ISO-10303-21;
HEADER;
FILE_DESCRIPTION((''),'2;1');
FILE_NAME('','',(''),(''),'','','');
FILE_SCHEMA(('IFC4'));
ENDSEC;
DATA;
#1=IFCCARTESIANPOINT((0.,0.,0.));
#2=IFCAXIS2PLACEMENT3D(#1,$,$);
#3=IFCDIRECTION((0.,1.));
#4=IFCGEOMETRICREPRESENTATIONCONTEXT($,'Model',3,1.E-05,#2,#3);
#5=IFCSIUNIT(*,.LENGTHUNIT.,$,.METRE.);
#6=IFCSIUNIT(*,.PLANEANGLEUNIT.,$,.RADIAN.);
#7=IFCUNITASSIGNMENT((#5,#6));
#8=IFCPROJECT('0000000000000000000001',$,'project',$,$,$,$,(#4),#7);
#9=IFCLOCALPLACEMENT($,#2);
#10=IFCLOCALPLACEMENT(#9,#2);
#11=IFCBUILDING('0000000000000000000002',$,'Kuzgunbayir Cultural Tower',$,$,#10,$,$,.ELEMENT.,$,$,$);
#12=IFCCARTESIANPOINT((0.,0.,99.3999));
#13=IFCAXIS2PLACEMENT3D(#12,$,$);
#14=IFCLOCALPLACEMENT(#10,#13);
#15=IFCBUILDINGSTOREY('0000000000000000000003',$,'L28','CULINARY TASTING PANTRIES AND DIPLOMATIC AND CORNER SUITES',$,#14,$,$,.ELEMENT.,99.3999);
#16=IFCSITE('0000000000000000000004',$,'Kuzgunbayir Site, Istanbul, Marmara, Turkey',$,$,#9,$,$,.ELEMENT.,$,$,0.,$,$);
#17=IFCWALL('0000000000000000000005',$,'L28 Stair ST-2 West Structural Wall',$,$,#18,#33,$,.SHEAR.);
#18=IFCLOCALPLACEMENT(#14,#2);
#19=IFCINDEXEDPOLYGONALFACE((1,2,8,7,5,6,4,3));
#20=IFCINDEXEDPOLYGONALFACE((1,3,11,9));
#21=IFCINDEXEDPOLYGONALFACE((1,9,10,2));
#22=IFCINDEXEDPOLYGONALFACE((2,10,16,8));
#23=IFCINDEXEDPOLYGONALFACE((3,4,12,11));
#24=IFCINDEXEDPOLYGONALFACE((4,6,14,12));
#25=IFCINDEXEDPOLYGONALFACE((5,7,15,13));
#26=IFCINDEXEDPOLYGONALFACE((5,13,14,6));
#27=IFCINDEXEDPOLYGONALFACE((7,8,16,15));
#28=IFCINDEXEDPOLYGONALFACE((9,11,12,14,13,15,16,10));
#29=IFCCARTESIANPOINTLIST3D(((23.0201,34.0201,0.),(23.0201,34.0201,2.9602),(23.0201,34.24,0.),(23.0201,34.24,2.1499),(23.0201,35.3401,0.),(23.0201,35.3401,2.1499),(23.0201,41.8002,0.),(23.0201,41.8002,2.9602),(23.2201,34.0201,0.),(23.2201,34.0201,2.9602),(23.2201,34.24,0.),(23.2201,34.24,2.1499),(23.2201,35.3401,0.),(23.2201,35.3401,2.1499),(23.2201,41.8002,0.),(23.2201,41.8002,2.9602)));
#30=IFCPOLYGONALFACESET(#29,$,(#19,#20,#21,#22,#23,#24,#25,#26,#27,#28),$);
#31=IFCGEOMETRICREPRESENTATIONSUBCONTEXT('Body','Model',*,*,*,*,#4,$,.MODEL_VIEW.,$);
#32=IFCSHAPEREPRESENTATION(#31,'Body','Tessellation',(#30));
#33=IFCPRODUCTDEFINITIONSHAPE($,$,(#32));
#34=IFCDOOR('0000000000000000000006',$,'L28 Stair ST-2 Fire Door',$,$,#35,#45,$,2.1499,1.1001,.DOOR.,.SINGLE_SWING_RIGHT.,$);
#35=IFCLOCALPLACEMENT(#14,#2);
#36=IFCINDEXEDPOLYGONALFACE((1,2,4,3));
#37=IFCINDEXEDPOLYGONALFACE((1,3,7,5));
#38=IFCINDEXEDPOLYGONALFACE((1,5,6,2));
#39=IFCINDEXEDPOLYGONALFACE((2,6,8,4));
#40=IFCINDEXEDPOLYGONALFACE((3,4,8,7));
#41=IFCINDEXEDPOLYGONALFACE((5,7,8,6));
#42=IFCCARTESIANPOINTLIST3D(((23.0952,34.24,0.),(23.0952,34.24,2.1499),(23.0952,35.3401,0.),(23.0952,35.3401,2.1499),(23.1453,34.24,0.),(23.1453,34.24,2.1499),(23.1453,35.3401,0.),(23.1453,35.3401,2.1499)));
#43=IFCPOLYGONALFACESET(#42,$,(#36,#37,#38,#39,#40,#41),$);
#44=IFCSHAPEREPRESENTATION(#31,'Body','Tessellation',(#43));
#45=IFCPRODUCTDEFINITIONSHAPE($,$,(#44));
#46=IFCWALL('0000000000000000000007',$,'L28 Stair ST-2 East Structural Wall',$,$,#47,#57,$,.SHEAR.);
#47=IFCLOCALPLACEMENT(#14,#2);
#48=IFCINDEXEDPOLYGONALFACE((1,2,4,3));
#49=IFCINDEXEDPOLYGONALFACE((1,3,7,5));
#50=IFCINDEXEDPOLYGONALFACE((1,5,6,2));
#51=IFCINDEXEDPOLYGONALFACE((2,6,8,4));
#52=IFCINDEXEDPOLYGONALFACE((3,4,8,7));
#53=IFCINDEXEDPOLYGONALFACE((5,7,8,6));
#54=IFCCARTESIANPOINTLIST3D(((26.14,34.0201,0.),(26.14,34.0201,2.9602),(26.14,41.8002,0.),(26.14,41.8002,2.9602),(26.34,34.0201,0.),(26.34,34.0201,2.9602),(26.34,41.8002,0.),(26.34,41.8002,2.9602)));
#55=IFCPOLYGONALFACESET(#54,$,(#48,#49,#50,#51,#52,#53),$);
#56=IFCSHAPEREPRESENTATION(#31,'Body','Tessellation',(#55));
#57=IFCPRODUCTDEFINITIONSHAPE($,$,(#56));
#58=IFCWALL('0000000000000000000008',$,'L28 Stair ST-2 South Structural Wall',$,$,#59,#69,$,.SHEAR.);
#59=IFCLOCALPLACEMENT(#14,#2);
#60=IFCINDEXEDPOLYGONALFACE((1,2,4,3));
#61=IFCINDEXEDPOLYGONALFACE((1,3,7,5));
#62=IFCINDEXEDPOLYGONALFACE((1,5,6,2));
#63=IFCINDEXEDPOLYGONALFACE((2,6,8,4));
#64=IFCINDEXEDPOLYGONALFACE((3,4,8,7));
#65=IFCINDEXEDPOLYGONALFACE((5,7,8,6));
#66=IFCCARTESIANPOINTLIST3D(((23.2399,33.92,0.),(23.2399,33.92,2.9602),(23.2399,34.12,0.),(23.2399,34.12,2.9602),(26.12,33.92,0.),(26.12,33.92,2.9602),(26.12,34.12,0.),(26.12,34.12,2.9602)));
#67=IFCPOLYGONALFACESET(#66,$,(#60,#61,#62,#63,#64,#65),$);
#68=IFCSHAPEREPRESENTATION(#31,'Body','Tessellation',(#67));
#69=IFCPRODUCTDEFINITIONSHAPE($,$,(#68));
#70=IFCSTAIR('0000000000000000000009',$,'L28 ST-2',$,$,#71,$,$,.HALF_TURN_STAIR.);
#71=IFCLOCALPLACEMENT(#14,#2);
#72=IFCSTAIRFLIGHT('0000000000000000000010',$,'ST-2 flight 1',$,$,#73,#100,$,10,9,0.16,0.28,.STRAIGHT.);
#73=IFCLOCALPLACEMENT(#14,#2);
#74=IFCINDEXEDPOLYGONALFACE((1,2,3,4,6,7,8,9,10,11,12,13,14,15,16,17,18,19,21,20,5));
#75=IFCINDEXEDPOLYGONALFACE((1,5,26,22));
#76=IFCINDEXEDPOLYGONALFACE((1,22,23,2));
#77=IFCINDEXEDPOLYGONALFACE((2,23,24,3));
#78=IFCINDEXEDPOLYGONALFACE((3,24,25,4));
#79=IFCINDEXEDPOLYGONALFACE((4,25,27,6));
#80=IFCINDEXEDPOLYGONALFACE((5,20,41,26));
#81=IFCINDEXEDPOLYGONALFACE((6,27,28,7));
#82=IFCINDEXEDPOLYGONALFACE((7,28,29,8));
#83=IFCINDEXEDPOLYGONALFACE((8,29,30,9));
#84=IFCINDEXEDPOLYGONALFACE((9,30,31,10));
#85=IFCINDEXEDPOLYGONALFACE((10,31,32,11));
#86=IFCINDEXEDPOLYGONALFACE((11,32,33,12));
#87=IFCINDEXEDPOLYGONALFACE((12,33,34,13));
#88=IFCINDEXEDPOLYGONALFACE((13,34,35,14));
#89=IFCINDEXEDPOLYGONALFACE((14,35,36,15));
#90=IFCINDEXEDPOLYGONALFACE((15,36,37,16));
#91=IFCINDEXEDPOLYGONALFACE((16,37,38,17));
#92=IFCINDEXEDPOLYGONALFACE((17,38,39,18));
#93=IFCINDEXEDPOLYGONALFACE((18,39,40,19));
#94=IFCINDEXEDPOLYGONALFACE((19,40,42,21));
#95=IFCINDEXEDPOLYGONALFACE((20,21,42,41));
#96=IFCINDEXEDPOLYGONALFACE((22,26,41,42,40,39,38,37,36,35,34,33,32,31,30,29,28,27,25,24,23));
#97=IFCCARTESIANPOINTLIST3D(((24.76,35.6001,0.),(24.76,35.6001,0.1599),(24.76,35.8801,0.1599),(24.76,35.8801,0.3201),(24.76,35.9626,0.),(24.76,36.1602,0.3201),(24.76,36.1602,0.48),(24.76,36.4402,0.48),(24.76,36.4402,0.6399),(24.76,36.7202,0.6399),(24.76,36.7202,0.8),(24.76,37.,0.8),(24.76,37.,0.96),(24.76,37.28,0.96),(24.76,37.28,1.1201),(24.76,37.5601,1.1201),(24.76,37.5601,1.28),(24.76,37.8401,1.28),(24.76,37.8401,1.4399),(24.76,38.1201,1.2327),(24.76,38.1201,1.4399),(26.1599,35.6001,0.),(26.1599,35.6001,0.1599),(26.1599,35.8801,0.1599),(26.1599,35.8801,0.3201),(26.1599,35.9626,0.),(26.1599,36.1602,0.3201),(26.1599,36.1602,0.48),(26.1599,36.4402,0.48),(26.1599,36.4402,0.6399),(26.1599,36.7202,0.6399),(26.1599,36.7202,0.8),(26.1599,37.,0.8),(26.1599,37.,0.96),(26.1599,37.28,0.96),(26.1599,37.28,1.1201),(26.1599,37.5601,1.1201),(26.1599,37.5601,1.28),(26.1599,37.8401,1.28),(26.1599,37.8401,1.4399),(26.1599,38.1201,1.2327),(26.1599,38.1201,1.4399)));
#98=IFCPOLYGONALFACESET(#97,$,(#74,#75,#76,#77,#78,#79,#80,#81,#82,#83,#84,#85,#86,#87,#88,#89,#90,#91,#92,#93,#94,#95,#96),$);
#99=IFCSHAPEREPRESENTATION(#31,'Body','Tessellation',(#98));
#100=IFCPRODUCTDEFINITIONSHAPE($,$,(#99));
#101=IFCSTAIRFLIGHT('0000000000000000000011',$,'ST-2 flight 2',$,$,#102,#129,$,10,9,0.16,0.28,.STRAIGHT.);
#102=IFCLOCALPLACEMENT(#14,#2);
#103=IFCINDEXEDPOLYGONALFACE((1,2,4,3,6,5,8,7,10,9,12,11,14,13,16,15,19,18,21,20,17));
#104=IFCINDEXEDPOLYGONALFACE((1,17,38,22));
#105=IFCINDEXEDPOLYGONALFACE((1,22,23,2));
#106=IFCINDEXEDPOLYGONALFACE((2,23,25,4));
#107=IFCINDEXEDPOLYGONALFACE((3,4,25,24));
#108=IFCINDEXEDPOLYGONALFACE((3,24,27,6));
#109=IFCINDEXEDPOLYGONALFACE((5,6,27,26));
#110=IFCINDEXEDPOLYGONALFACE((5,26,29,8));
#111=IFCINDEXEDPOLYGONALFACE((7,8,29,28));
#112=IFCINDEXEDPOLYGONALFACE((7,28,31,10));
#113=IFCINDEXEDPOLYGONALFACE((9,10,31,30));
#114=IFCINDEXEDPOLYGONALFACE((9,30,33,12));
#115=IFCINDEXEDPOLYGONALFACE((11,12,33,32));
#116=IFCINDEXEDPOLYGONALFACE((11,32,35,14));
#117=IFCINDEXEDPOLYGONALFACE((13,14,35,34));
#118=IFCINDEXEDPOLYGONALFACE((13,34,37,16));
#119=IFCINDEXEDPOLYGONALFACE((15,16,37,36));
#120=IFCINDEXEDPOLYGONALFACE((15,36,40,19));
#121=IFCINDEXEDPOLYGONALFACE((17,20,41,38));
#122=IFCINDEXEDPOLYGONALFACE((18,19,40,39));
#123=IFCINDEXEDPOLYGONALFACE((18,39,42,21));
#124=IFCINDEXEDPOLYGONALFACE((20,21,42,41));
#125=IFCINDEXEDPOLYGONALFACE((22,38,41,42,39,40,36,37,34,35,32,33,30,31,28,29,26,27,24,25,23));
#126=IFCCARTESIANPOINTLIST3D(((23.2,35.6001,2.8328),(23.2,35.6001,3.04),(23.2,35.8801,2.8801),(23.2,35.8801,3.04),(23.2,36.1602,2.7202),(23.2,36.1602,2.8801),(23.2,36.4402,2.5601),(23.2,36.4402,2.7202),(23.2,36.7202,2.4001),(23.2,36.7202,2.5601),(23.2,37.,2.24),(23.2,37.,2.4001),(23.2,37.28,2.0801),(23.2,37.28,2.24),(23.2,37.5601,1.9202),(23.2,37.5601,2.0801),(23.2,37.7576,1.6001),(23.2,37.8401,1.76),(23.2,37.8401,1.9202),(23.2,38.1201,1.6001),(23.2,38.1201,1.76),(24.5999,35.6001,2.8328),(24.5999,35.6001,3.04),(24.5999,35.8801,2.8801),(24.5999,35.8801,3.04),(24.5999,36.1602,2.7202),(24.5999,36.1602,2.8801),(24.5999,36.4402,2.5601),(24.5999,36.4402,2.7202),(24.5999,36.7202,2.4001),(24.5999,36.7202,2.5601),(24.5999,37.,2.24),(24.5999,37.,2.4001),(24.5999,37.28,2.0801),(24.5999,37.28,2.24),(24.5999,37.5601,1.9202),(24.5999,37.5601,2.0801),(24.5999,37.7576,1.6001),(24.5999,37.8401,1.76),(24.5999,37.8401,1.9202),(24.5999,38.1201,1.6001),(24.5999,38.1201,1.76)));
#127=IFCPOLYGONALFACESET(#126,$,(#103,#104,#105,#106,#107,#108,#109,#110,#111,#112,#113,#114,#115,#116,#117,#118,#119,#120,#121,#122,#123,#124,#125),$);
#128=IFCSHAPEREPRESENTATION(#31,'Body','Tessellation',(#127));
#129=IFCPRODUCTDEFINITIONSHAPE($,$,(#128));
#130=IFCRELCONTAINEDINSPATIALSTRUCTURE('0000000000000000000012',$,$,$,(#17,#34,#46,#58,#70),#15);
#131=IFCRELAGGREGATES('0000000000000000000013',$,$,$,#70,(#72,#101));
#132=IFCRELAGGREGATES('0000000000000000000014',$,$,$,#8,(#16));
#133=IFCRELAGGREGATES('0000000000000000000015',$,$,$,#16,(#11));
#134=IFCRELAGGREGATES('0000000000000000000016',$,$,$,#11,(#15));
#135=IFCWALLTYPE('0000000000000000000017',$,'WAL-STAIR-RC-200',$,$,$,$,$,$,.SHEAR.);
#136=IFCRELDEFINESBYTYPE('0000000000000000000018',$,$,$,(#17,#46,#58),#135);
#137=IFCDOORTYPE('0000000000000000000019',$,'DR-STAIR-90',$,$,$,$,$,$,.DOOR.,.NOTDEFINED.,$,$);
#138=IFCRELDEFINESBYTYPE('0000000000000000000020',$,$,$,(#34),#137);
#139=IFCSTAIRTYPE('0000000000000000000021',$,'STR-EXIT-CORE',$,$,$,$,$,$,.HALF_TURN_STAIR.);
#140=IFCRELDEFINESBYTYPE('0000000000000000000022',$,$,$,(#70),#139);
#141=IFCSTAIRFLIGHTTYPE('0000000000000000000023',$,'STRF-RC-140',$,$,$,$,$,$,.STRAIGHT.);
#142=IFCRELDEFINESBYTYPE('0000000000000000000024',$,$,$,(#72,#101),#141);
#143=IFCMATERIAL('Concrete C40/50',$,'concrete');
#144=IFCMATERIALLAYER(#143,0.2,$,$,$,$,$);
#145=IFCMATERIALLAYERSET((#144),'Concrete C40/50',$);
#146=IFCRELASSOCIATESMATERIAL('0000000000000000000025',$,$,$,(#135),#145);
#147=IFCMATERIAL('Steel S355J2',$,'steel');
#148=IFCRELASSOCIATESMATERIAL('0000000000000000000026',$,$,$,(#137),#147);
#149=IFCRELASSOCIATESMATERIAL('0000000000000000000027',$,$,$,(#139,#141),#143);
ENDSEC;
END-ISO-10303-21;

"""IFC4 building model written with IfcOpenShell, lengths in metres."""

from ifc_helpers import new_model, si_unit, direction, frame, frame_2d, origin, place, context, subcontext, project, spatial, polyline, rectangle, outline, extrude, material, layer, layer_set, type_object, element, fill, aggregate, save


model = new_model("IFC4")

# Units and contexts
model_context = context("Model", 3, precision=1e-05, world=origin(), true_north=direction((0.0, 1.0)))
body_context = subcontext(model_context, "Body", "Model", "MODEL_VIEW")
ifc_project = project(units=[si_unit("LENGTHUNIT", "METRE"), si_unit("PLANEANGLEUNIT", "RADIAN")], contexts=[model_context])

# Site, building, storey
site_placement = place(None, origin())
site = spatial("IfcSite", under=ifc_project, at=site_placement, Name="Kuzgunbayir Site, Istanbul, Marmara, Turkey", CompositionType="ELEMENT", RefElevation=0.0)
building_placement = place(site_placement, origin())
building = spatial("IfcBuilding", under=site, at=building_placement, Name="Kuzgunbayir Cultural Tower", CompositionType="ELEMENT")
storey_placement = place(building_placement, frame((0.0, 0.0, 99.3999)))
storey = spatial("IfcBuildingStorey", under=building, at=storey_placement, Name="L28", Description="CULINARY TASTING PANTRIES AND DIPLOMATIC AND CORNER SUITES", CompositionType="ELEMENT", Elevation=99.3999)

# Shared definitions
ifc_material_1 = material(Name="Steel S355J2", Category="steel")

# Shared definitions
ifc_material_2 = material(Name="Concrete C40/50", Category="concrete")

# Wall, opening, door
ifc_layer_1 = layer(ifc_material_2, 0.2)
ifc_layer_set_1 = layer_set([ifc_layer_1], Name="Concrete C40/50")
wall_type_1 = type_object("IfcWallType", Name="WAL-STAIR-RC-200", PredefinedType="SHEAR", material=ifc_layer_set_1)
wall_1_placement = place(storey_placement, frame((23.1201, 34.02, 0.0), z_axis=(0.0, 0.0, 1.0), x_axis=(0.0, 1.0, 0.0)))
wall_1 = element("IfcWall", 1, at=wall_1_placement, inside=storey, type_object=wall_type_1, Name="L28 Stair ST-2 West Structural Wall", PredefinedType="SHEAR", context=body_context, shape_type="SweptSolid", body=[
    extrude(rectangle(XDim=7.78, YDim=0.2, at=frame_2d((3.8901, 0.0))), origin(), (0.0, 0.0, 1.0), 2.9602),
])
opening_placement = place(wall_1_placement, frame((0.22, 0.0, 0.0)))
opening = element("IfcOpeningElement", 2, at=opening_placement, cuts=wall_1, PredefinedType="OPENING", context=body_context, shape_type="SweptSolid", body=[
    extrude(rectangle(XDim=1.1001, YDim=2.1499, at=frame_2d((0.55, 1.075))), frame((0.0, 0.1099, 0.0), z_axis=(0.0, -1.0, 0.0), x_axis=(1.0, 0.0, 0.0)), (0.0, 0.0, 1.0), 0.22),
])
door_type = type_object("IfcDoorType", Name="DR-STAIR-90", OperationType="NOTDEFINED", PredefinedType="DOOR", material=ifc_material_1)
door_placement = place(opening_placement, origin())
door = element("IfcDoor", 3, at=door_placement, inside=storey, type_object=door_type, Name="L28 Stair ST-2 Fire Door", OperationType="SINGLE_SWING_RIGHT", OverallHeight=2.1499, OverallWidth=1.1001, PredefinedType="DOOR", context=body_context, shape_type="SweptSolid", body=[
    extrude(rectangle(XDim=1.1001, YDim=2.1499, at=frame_2d((0.55, 1.075))), frame((0.0, 0.0249, 0.0), z_axis=(0.0, -1.0, 0.0), x_axis=(1.0, 0.0, 0.0)), (0.0, 0.0, 1.0), 0.05),
])
fill(opening, door)

# Walls
wall_2_placement = place(storey_placement, frame((26.24, 34.02, 0.0), z_axis=(0.0, 0.0, 1.0), x_axis=(0.0, 1.0, 0.0)))
element("IfcWall", 4, at=wall_2_placement, inside=storey, type_object=wall_type_1, Name="L28 Stair ST-2 East Structural Wall", PredefinedType="SHEAR", context=body_context, shape_type="SweptSolid", body=[
    extrude(rectangle(XDim=7.78, YDim=0.2, at=frame_2d((3.8901, 0.0))), origin(), (0.0, 0.0, 1.0), 2.9602),
])
wall_3_placement = place(storey_placement, frame((23.24, 34.02, 0.0), z_axis=(0.0, 0.0, 1.0), x_axis=(1.0, 0.0, 0.0)))
element("IfcWall", 5, at=wall_3_placement, inside=storey, type_object=wall_type_1, Name="L28 Stair ST-2 South Structural Wall", PredefinedType="SHEAR", context=body_context, shape_type="SweptSolid", body=[
    extrude(rectangle(XDim=2.8801, YDim=0.2, at=frame_2d((1.4399, 0.0))), origin(), (0.0, 0.0, 1.0), 2.9602),
])

# Stair, stair flights
stair_type = type_object("IfcStairType", Name="STR-EXIT-CORE", PredefinedType="HALF_TURN_STAIR", material=ifc_material_2)
stair_placement = place(storey_placement, origin())
stair = element("IfcStair", 6, at=stair_placement, inside=storey, type_object=stair_type, Name="L28 ST-2", PredefinedType="HALF_TURN_STAIR")
stair_flight_type = type_object("IfcStairFlightType", Name="STRF-RC-140", PredefinedType="STRAIGHT", material=ifc_material_2)
stair_flight_1_placement = place(storey_placement, frame((25.46, 35.6001, 0.0), z_axis=(0.0, 0.0, 1.0), x_axis=(0.0, 1.0, 0.0)))
stair_flight_1 = element("IfcStairFlight", 7, at=stair_flight_1_placement, type_object=stair_flight_type, Name="ST-2 flight 1", NumberOfRisers=10, NumberOfTreads=9, PredefinedType="STRAIGHT", RiserHeight=0.16, TreadLength=0.28, context=body_context, shape_type="SweptSolid", body=[
    extrude(outline(polyline([(0.0, 0.0), (0.0, 0.1599), (0.28, 0.1599), (0.28, 0.3201), (0.5601, 0.3201), (0.5601, 0.48), (0.8401, 0.48), (0.8401, 0.6399), (1.1201, 0.6399), (1.1201, 0.8), (1.3999, 0.8), (1.3999, 0.96), (1.6799, 0.96), (1.6799, 1.1201), (1.96, 1.1201), (1.96, 1.28), (2.24, 1.28), (2.24, 1.4399), (2.52, 1.4399), (2.52, 1.6001), (2.52, 1.2327), (0.3625, 0.0), (0.0, 0.0)])), frame((0.0, 0.7, 0.0), z_axis=(0.0, -1.0, 0.0), x_axis=(1.0, 0.0, 0.0)), (0.0, 0.0, 1.0), 1.3999),
])
stair_flight_2_placement = place(storey_placement, frame((23.8999, 38.1201, 1.6001), z_axis=(0.0, 0.0, 1.0), x_axis=(0.0, -1.0, 0.0)))
stair_flight_2 = element("IfcStairFlight", 8, at=stair_flight_2_placement, type_object=stair_flight_type, Name="ST-2 flight 2", NumberOfRisers=10, NumberOfTreads=9, PredefinedType="STRAIGHT", RiserHeight=0.16, TreadLength=0.28, context=body_context, shape_type="SweptSolid", body=[
    extrude(outline(polyline([(0.0, 0.0), (0.0, 0.1599), (0.28, 0.1599), (0.28, 0.3201), (0.5601, 0.3201), (0.5601, 0.48), (0.8401, 0.48), (0.8401, 0.6399), (1.1201, 0.6399), (1.1201, 0.8), (1.3999, 0.8), (1.3999, 0.96), (1.6799, 0.96), (1.6799, 1.1201), (1.96, 1.1201), (1.96, 1.28), (2.24, 1.28), (2.24, 1.4399), (2.52, 1.4399), (2.52, 1.6001), (2.52, 1.2327), (0.3625, 0.0), (0.0, 0.0)])), frame((0.0, 0.7, 0.0), z_axis=(0.0, -1.0, 0.0), x_axis=(1.0, 0.0, 0.0)), (0.0, 0.0, 1.0), 1.3999),
])
aggregate(stair, [stair_flight_1, stair_flight_2])

save(model, "model.ifc")
